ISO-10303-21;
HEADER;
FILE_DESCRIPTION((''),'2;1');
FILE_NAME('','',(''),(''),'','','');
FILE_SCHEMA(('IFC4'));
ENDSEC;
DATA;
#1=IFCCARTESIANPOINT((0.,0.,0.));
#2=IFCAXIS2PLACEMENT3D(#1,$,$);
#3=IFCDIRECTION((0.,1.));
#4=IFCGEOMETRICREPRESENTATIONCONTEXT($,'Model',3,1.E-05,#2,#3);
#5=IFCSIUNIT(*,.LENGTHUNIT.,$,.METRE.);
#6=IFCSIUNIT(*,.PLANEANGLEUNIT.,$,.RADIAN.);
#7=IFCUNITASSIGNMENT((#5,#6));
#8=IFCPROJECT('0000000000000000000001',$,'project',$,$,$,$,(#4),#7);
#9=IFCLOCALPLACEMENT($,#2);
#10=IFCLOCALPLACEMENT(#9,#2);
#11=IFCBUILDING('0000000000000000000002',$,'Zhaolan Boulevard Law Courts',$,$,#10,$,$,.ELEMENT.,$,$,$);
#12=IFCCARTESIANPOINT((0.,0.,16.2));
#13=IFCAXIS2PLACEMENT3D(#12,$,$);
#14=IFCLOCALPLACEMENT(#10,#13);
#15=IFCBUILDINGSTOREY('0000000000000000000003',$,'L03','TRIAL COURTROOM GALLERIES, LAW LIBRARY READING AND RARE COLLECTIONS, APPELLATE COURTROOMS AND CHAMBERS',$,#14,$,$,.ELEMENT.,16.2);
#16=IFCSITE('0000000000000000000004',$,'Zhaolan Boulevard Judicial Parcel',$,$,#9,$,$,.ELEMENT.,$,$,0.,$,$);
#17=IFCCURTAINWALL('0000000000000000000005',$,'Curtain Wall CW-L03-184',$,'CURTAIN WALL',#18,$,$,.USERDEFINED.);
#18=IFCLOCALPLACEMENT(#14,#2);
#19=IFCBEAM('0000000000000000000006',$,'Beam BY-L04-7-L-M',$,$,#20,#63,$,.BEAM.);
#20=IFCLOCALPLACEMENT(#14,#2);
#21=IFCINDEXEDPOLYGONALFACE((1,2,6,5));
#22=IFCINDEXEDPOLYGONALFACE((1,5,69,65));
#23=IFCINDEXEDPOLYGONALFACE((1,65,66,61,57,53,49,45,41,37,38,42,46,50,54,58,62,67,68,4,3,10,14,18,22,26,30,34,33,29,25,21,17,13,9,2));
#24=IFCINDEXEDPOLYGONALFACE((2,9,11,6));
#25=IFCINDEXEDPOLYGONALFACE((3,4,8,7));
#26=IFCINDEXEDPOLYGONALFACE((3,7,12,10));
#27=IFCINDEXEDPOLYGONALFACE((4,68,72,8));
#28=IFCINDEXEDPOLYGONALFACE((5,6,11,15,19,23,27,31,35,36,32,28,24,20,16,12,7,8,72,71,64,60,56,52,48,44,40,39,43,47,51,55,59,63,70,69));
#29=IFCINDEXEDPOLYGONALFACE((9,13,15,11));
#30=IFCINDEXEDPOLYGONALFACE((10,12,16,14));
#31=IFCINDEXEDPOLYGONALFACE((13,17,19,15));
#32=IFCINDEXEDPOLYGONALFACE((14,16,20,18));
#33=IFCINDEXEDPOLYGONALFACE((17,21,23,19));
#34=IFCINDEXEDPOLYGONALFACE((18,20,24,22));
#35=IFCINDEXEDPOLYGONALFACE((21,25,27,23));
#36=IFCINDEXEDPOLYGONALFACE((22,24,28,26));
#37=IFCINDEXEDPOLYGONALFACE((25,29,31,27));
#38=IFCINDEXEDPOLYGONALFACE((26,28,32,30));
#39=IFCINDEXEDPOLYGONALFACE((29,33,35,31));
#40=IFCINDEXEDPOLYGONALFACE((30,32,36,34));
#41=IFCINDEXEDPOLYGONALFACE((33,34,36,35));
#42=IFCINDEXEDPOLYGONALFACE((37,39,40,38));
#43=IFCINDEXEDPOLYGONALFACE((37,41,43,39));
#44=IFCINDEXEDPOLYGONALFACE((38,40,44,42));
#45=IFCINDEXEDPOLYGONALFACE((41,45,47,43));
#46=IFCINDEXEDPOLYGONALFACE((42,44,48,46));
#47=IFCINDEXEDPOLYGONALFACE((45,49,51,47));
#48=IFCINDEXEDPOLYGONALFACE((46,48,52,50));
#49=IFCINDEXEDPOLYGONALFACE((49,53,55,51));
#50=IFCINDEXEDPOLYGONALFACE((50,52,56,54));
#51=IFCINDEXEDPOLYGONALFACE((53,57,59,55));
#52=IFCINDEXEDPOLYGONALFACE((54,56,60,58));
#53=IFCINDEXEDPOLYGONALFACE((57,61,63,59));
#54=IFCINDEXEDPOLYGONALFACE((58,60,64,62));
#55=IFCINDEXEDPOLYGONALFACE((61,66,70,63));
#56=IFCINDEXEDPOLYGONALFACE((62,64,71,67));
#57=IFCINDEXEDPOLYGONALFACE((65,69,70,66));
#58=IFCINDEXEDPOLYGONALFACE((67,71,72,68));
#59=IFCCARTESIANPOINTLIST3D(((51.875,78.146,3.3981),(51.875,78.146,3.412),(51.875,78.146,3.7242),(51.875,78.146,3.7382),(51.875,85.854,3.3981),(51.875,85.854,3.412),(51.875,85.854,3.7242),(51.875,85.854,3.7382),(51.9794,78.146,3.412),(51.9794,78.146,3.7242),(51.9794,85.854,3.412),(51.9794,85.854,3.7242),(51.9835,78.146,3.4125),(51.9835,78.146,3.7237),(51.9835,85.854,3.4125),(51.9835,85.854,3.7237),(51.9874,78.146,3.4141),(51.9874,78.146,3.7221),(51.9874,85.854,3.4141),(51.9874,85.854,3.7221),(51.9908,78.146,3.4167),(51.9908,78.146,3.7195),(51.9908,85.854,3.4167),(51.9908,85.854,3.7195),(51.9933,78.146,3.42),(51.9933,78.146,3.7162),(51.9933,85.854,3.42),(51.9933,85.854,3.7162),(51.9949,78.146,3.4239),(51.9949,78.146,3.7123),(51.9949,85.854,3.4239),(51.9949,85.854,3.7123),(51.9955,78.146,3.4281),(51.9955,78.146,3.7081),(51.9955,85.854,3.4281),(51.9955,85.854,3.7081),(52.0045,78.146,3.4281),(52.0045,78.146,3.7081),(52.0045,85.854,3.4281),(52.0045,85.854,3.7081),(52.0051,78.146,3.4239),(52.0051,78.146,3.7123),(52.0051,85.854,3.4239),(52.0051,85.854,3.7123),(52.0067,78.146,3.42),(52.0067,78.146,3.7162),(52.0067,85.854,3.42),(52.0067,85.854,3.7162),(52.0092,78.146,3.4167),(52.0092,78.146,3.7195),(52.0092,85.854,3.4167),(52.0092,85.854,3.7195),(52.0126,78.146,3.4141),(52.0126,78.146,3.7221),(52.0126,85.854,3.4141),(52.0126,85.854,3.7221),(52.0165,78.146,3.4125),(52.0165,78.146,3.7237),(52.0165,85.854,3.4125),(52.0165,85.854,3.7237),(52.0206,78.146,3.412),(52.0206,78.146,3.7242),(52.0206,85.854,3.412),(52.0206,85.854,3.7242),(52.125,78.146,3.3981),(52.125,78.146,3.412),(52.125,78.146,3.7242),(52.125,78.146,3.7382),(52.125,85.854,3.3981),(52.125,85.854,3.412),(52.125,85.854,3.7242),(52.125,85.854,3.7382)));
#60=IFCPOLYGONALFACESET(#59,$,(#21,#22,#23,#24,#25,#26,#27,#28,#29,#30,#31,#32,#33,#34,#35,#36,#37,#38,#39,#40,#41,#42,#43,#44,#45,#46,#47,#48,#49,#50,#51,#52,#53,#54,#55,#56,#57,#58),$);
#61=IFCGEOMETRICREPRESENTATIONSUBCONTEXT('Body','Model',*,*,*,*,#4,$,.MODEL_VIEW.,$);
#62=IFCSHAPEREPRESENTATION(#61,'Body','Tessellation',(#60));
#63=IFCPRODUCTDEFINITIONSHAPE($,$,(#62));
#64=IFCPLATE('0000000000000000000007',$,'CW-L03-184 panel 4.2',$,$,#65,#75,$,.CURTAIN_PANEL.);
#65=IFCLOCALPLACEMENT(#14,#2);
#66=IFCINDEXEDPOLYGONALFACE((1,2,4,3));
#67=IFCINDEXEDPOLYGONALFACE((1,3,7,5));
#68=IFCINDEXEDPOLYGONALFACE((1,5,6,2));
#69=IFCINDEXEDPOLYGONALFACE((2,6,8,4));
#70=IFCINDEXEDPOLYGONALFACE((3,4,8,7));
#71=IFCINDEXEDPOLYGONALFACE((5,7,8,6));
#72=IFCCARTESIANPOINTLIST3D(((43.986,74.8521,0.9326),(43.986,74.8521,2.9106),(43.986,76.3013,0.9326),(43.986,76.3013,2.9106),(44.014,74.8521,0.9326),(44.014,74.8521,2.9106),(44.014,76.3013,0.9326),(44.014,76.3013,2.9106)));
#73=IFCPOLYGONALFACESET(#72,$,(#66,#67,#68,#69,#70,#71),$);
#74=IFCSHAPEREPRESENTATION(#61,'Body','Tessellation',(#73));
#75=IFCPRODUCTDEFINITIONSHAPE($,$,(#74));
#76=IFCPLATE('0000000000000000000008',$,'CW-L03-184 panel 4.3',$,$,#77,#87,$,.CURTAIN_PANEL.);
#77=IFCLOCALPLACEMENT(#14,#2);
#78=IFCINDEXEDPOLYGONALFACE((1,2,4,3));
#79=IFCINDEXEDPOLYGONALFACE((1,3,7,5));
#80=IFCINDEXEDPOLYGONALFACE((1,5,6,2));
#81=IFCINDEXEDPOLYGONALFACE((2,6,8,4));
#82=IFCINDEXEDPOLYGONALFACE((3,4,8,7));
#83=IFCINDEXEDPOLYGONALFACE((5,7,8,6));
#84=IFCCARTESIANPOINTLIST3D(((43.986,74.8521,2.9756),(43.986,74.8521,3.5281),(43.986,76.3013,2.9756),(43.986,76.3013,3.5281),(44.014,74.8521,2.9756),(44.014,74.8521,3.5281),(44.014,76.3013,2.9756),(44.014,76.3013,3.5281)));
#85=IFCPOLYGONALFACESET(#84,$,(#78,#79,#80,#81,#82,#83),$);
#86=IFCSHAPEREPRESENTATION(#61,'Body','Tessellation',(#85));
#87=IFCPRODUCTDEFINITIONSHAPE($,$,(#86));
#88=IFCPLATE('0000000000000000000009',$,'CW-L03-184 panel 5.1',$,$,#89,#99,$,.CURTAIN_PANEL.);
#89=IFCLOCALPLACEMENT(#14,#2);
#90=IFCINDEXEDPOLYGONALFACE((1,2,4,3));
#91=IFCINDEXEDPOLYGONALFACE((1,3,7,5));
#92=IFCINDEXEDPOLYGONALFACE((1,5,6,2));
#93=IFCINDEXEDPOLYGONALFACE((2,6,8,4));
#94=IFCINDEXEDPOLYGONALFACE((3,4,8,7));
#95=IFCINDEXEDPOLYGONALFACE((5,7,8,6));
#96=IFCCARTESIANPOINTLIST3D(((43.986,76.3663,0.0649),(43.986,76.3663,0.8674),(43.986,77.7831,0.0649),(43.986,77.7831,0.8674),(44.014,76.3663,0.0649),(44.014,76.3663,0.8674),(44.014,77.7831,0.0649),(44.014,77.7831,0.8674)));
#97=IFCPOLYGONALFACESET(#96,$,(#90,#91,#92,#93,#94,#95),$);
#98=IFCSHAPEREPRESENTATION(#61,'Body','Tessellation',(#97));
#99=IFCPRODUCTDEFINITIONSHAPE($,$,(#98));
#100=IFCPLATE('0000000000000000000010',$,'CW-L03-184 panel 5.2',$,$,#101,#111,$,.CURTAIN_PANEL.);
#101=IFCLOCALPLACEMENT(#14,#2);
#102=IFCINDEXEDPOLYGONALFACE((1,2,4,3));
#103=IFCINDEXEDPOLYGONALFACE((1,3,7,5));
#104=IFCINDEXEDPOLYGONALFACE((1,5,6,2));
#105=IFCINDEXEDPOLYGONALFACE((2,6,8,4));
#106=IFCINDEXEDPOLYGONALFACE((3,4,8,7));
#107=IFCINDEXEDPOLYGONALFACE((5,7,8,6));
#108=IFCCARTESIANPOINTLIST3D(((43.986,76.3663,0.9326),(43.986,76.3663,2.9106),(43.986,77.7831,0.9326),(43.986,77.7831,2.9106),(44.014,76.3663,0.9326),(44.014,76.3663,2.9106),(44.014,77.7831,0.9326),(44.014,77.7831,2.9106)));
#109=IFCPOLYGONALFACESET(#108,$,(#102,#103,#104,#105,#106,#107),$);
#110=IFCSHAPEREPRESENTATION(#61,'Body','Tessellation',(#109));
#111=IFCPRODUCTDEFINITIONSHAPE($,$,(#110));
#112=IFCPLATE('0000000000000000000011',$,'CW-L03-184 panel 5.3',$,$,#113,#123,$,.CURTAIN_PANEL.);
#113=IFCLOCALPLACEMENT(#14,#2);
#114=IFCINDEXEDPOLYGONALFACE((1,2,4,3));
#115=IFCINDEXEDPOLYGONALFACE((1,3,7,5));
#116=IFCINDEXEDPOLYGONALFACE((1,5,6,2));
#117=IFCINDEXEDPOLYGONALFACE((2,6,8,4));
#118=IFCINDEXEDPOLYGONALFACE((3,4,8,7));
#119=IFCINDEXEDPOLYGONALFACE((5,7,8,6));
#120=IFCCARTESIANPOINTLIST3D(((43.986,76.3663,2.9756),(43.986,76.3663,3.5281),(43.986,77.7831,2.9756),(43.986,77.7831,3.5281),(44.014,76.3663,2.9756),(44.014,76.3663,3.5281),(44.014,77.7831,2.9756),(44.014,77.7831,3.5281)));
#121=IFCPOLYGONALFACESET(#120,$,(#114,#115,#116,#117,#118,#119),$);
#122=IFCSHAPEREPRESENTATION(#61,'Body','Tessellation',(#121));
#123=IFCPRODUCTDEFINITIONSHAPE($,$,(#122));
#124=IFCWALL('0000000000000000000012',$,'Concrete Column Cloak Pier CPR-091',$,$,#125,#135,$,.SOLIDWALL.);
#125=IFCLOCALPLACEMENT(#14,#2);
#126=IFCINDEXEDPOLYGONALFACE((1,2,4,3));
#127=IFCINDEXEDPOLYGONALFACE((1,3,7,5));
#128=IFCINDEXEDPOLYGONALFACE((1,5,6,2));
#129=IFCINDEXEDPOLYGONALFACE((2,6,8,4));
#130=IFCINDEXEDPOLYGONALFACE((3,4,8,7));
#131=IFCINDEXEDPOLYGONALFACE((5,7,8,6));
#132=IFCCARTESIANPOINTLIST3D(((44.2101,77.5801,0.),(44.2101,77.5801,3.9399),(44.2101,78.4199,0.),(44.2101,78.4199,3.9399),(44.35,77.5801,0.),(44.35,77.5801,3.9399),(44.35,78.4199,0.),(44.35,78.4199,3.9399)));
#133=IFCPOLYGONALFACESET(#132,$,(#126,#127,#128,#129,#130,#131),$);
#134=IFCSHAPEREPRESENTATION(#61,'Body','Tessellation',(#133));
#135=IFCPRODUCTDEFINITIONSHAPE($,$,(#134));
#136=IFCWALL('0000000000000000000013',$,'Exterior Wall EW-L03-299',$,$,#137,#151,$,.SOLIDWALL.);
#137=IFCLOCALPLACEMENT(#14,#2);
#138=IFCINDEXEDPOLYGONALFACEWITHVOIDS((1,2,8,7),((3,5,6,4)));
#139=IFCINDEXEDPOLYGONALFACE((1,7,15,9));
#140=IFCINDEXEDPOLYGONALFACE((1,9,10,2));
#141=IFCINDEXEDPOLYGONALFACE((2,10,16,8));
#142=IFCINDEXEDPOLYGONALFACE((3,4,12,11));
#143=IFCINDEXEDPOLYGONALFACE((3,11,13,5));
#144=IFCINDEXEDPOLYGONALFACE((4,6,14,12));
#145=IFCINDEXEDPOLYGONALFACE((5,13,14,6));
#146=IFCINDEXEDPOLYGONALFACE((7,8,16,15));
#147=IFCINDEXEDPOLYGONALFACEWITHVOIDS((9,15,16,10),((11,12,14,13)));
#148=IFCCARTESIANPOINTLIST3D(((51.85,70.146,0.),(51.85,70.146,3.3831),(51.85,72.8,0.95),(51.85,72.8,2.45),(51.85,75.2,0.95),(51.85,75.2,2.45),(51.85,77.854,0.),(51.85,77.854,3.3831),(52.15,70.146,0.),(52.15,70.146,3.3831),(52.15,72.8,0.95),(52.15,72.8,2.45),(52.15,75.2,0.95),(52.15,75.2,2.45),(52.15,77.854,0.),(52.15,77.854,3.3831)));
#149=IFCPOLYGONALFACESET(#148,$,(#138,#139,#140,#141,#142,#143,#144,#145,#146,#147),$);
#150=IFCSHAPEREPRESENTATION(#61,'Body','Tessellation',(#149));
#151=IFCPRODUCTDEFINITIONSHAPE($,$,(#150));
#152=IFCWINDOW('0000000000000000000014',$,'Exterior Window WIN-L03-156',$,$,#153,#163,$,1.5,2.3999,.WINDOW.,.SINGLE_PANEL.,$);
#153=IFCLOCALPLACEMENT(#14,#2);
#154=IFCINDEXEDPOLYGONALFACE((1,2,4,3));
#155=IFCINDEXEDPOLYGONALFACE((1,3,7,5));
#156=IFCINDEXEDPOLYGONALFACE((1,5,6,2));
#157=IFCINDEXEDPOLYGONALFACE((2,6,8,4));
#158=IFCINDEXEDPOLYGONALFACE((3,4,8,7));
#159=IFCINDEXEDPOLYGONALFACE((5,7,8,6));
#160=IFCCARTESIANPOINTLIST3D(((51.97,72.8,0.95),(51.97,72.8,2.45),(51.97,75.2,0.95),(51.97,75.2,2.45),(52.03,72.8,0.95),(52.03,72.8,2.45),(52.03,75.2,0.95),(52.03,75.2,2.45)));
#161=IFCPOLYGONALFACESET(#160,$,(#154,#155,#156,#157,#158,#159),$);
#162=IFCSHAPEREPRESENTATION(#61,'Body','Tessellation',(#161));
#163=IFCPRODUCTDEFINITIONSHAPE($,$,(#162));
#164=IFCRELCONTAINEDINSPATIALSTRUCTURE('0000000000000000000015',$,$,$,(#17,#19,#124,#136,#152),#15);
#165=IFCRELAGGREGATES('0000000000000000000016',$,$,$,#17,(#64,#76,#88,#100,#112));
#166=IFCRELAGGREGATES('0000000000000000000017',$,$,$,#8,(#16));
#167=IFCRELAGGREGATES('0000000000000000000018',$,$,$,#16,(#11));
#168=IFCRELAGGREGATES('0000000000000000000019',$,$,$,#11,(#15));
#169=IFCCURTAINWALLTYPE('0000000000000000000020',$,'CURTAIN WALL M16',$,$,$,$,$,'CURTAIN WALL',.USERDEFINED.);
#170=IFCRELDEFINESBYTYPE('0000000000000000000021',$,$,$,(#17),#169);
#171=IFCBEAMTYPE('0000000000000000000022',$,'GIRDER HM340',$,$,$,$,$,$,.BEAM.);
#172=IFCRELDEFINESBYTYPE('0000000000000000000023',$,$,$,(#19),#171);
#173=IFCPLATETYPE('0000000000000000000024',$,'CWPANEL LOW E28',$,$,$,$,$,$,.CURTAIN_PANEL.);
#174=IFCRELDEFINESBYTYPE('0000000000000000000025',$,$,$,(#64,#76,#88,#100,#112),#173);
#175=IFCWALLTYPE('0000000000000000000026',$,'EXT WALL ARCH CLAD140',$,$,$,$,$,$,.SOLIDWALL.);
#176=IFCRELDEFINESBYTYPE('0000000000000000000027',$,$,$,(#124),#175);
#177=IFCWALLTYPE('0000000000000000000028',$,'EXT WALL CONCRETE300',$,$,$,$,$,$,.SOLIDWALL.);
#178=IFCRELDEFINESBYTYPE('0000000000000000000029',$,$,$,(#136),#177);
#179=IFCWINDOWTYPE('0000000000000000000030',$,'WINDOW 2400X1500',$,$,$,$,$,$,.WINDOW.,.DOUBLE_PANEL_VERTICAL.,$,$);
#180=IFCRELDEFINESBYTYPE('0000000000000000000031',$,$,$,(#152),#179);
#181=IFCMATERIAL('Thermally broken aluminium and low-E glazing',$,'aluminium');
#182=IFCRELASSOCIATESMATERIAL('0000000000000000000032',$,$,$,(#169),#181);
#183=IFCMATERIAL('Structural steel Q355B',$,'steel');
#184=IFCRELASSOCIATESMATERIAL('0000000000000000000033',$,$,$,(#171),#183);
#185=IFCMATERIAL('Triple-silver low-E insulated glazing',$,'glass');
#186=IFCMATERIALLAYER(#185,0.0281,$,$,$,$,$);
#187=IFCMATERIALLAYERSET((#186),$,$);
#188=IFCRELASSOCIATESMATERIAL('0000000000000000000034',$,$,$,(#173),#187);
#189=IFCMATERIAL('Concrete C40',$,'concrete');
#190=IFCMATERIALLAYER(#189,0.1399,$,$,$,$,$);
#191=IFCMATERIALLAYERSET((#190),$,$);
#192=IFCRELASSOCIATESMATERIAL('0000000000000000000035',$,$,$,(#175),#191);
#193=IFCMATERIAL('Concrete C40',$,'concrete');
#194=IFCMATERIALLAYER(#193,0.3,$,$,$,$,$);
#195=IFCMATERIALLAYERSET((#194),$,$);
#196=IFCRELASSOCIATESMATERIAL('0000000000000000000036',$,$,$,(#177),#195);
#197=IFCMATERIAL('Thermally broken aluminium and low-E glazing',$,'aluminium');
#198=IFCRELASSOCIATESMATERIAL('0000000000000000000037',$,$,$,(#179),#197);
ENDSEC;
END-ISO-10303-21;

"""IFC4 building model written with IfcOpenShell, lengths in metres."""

from ifc_helpers import new_model, si_unit, direction, frame, frame_2d, origin, origin_2d, place, context, subcontext, project, spatial, rectangle, i_section, extrude, material, layer, layer_set, material_profile, profile_set, type_object, element, fill, aggregate, save


model = new_model("IFC4")

# Units and contexts
model_context = context("Model", 3, precision=1e-05, world=origin(), true_north=direction((0.0, 1.0)))
body_context = subcontext(model_context, "Body", "Model", "MODEL_VIEW")
ifc_project = project(units=[si_unit("LENGTHUNIT", "METRE"), si_unit("PLANEANGLEUNIT", "RADIAN")], contexts=[model_context])

# Site, building, storey
site_placement = place(None, origin())
site = spatial("IfcSite", under=ifc_project, at=site_placement, Name="Zhaolan Boulevard Judicial Parcel", CompositionType="ELEMENT", RefElevation=0.0)
building_placement = place(site_placement, origin())
building = spatial("IfcBuilding", under=site, at=building_placement, Name="Zhaolan Boulevard Law Courts", CompositionType="ELEMENT")
storey_placement = place(building_placement, frame((0.0, 0.0, 16.2)))
storey = spatial("IfcBuildingStorey", under=building, at=storey_placement, Name="L03", Description="TRIAL COURTROOM GALLERIES, LAW LIBRARY READING AND RARE COLLECTIONS, APPELLATE COURTROOMS AND CHAMBERS", CompositionType="ELEMENT", Elevation=16.2)

# Curtain wall
ifc_material_1 = material(Name="Thermally broken aluminium and low-E glazing", Category="aluminium")
curtain_wall_type = type_object("IfcCurtainWallType", Name="CURTAIN WALL M16", ElementType="CURTAIN WALL", PredefinedType="USERDEFINED", material=ifc_material_1)
curtain_wall_placement = place(storey_placement, origin())
curtain_wall = element("IfcCurtainWall", 1, at=curtain_wall_placement, inside=storey, type_object=curtain_wall_type, Name="Curtain Wall CW-L03-184", ObjectType="CURTAIN WALL", PredefinedType="USERDEFINED")

# Beam
ifc_material_2 = material(Name="Structural steel Q355B", Category="steel")
ifc_material_profile_1 = material_profile(ifc_material_2, i_section(OverallWidth=0.25, OverallDepth=0.3401, WebThickness=0.009, FlangeThickness=0.0139, FilletRadius=0.0161, at=origin_2d()), Name="HM340x250")
ifc_profile_set_1 = profile_set([ifc_material_profile_1], Name="Structural steel Q355B")
beam_type = type_object("IfcBeamType", Name="GIRDER HM340", PredefinedType="BEAM", material=ifc_profile_set_1)
beam_placement = place(storey_placement, frame((52.0, 78.146, 3.5681), z_axis=(0.0, 1.0, 0.0), x_axis=(-1.0, 0.0, 0.0)))
element("IfcBeam", 2, at=beam_placement, inside=storey, type_object=beam_type, Name="Beam BY-L04-7-L-M", PredefinedType="BEAM", context=body_context, shape_type="SweptSolid", body=[
    extrude(i_section(OverallWidth=0.25, OverallDepth=0.3401, WebThickness=0.009, FlangeThickness=0.0139, FilletRadius=0.0161, at=origin_2d()), origin(), (0.0, 0.0, 1.0), 7.708),
])

# Plates
ifc_material_3 = material(Name="Triple-silver low-E insulated glazing", Category="glass")
ifc_layer_1 = layer(ifc_material_3, 0.0281)
ifc_layer_set_1 = layer_set([ifc_layer_1])
plate_type = type_object("IfcPlateType", Name="CWPANEL LOW E28", PredefinedType="CURTAIN_PANEL", material=ifc_layer_set_1)
plate_1_placement = place(storey_placement, frame((44.0, 75.5767, 0.9326), z_axis=(0.0, 0.0, 1.0), x_axis=(0.0, 1.0, 0.0)))
plate_1 = element("IfcPlate", 3, at=plate_1_placement, type_object=plate_type, Name="CW-L03-184 panel 4.2", PredefinedType="CURTAIN_PANEL", context=body_context, shape_type="SweptSolid", body=[
    extrude(rectangle(XDim=1.4492, YDim=0.0281, at=origin_2d()), origin(), (0.0, 0.0, 1.0), 1.978),
])
plate_2_placement = place(storey_placement, frame((44.0, 75.5767, 2.9756), z_axis=(0.0, 0.0, 1.0), x_axis=(0.0, 1.0, 0.0)))
plate_2 = element("IfcPlate", 4, at=plate_2_placement, type_object=plate_type, Name="CW-L03-184 panel 4.3", PredefinedType="CURTAIN_PANEL", context=body_context, shape_type="SweptSolid", body=[
    extrude(rectangle(XDim=1.4492, YDim=0.0281, at=origin_2d()), origin(), (0.0, 0.0, 1.0), 0.5525),
])
plate_3_placement = place(storey_placement, frame((44.0, 77.0747, 0.0649), z_axis=(0.0, 0.0, 1.0), x_axis=(0.0, 1.0, 0.0)))
plate_3 = element("IfcPlate", 5, at=plate_3_placement, type_object=plate_type, Name="CW-L03-184 panel 5.1", PredefinedType="CURTAIN_PANEL", context=body_context, shape_type="SweptSolid", body=[
    extrude(rectangle(XDim=1.4167, YDim=0.0281, at=origin_2d()), origin(), (0.0, 0.0, 1.0), 0.8025),
])
plate_4_placement = place(storey_placement, frame((44.0, 77.0747, 0.9326), z_axis=(0.0, 0.0, 1.0), x_axis=(0.0, 1.0, 0.0)))
plate_4 = element("IfcPlate", 6, at=plate_4_placement, type_object=plate_type, Name="CW-L03-184 panel 5.2", PredefinedType="CURTAIN_PANEL", context=body_context, shape_type="SweptSolid", body=[
    extrude(rectangle(XDim=1.4167, YDim=0.0281, at=origin_2d()), origin(), (0.0, 0.0, 1.0), 1.978),
])
plate_5_placement = place(storey_placement, frame((44.0, 77.0747, 2.9756), z_axis=(0.0, 0.0, 1.0), x_axis=(0.0, 1.0, 0.0)))
plate_5 = element("IfcPlate", 7, at=plate_5_placement, type_object=plate_type, Name="CW-L03-184 panel 5.3", PredefinedType="CURTAIN_PANEL", context=body_context, shape_type="SweptSolid", body=[
    extrude(rectangle(XDim=1.4167, YDim=0.0281, at=origin_2d()), origin(), (0.0, 0.0, 1.0), 0.5525),
])
aggregate(curtain_wall, [plate_1, plate_2, plate_3, plate_4, plate_5])

# Wall
ifc_material_4 = material(Name="Concrete C40", Category="concrete")
ifc_layer_2 = layer(ifc_material_4, 0.1399)
ifc_layer_set_2 = layer_set([ifc_layer_2])
wall_type_1 = type_object("IfcWallType", Name="EXT WALL ARCH CLAD140", PredefinedType="SOLIDWALL", material=ifc_layer_set_2)
wall_1_placement = place(storey_placement, frame((44.28, 77.5801, 0.0), z_axis=(0.0, 0.0, 1.0), x_axis=(0.0, 1.0, 0.0)))
element("IfcWall", 8, at=wall_1_placement, inside=storey, type_object=wall_type_1, Name="Concrete Column Cloak Pier CPR-091", PredefinedType="SOLIDWALL", context=body_context, shape_type="SweptSolid", body=[
    extrude(rectangle(XDim=0.8398, YDim=0.1399, at=frame_2d((0.4199, 0.0))), origin(), (0.0, 0.0, 1.0), 3.9399),
])

# Wall, opening, window
ifc_material_5 = material(Name="Concrete C40", Category="concrete")
ifc_layer_3 = layer(ifc_material_5, 0.3)
ifc_layer_set_3 = layer_set([ifc_layer_3])
wall_type_2 = type_object("IfcWallType", Name="EXT WALL CONCRETE300", PredefinedType="SOLIDWALL", material=ifc_layer_set_3)
wall_2_placement = place(storey_placement, frame((52.0, 77.854, 0.0), z_axis=(0.0, 0.0, 1.0), x_axis=(0.0, -1.0, 0.0)))
wall_2 = element("IfcWall", 9, at=wall_2_placement, inside=storey, type_object=wall_type_2, Name="Exterior Wall EW-L03-299", PredefinedType="SOLIDWALL", context=body_context, shape_type="SweptSolid", body=[
    extrude(rectangle(XDim=7.708, YDim=0.3, at=frame_2d((3.854, 0.0))), origin(), (0.0, 0.0, 1.0), 3.3831),
])
opening_1_placement = place(wall_2_placement, frame((2.6541, 0.0, 0.95)))
opening_1 = element("IfcOpeningElement", 10, at=opening_1_placement, cuts=wall_2, PredefinedType="OPENING", context=body_context, shape_type="SweptSolid", body=[
    extrude(rectangle(XDim=2.3999, YDim=1.5, at=frame_2d((1.2, 0.75))), frame((0.0, 0.1599, 0.0), z_axis=(0.0, -1.0, 0.0), x_axis=(1.0, 0.0, 0.0)), (0.0, 0.0, 1.0), 0.3201),
])
ifc_material_6 = material(Name="Thermally broken aluminium and low-E glazing", Category="aluminium")
window_type_1 = type_object("IfcWindowType", Name="WINDOW 2400X1500", PartitioningType="DOUBLE_PANEL_VERTICAL", PredefinedType="WINDOW", material=ifc_material_6)
window_1_placement = place(opening_1_placement, origin())
window_1 = element("IfcWindow", 11, at=window_1_placement, inside=storey, type_object=window_type_1, Name="Exterior Window WIN-L03-156", OverallHeight=1.5, OverallWidth=2.3999, PartitioningType="SINGLE_PANEL", PredefinedType="WINDOW", context=body_context, shape_type="SweptSolid", body=[
    extrude(rectangle(XDim=2.3999, YDim=1.5, at=frame_2d((1.2, 0.75))), frame((0.0, 0.03, 0.0), z_axis=(0.0, -1.0, 0.0), x_axis=(1.0, 0.0, 0.0)), (0.0, 0.0, 1.0), 0.0601),
])
fill(opening_1, window_1)

save(model, "model.ifc")
